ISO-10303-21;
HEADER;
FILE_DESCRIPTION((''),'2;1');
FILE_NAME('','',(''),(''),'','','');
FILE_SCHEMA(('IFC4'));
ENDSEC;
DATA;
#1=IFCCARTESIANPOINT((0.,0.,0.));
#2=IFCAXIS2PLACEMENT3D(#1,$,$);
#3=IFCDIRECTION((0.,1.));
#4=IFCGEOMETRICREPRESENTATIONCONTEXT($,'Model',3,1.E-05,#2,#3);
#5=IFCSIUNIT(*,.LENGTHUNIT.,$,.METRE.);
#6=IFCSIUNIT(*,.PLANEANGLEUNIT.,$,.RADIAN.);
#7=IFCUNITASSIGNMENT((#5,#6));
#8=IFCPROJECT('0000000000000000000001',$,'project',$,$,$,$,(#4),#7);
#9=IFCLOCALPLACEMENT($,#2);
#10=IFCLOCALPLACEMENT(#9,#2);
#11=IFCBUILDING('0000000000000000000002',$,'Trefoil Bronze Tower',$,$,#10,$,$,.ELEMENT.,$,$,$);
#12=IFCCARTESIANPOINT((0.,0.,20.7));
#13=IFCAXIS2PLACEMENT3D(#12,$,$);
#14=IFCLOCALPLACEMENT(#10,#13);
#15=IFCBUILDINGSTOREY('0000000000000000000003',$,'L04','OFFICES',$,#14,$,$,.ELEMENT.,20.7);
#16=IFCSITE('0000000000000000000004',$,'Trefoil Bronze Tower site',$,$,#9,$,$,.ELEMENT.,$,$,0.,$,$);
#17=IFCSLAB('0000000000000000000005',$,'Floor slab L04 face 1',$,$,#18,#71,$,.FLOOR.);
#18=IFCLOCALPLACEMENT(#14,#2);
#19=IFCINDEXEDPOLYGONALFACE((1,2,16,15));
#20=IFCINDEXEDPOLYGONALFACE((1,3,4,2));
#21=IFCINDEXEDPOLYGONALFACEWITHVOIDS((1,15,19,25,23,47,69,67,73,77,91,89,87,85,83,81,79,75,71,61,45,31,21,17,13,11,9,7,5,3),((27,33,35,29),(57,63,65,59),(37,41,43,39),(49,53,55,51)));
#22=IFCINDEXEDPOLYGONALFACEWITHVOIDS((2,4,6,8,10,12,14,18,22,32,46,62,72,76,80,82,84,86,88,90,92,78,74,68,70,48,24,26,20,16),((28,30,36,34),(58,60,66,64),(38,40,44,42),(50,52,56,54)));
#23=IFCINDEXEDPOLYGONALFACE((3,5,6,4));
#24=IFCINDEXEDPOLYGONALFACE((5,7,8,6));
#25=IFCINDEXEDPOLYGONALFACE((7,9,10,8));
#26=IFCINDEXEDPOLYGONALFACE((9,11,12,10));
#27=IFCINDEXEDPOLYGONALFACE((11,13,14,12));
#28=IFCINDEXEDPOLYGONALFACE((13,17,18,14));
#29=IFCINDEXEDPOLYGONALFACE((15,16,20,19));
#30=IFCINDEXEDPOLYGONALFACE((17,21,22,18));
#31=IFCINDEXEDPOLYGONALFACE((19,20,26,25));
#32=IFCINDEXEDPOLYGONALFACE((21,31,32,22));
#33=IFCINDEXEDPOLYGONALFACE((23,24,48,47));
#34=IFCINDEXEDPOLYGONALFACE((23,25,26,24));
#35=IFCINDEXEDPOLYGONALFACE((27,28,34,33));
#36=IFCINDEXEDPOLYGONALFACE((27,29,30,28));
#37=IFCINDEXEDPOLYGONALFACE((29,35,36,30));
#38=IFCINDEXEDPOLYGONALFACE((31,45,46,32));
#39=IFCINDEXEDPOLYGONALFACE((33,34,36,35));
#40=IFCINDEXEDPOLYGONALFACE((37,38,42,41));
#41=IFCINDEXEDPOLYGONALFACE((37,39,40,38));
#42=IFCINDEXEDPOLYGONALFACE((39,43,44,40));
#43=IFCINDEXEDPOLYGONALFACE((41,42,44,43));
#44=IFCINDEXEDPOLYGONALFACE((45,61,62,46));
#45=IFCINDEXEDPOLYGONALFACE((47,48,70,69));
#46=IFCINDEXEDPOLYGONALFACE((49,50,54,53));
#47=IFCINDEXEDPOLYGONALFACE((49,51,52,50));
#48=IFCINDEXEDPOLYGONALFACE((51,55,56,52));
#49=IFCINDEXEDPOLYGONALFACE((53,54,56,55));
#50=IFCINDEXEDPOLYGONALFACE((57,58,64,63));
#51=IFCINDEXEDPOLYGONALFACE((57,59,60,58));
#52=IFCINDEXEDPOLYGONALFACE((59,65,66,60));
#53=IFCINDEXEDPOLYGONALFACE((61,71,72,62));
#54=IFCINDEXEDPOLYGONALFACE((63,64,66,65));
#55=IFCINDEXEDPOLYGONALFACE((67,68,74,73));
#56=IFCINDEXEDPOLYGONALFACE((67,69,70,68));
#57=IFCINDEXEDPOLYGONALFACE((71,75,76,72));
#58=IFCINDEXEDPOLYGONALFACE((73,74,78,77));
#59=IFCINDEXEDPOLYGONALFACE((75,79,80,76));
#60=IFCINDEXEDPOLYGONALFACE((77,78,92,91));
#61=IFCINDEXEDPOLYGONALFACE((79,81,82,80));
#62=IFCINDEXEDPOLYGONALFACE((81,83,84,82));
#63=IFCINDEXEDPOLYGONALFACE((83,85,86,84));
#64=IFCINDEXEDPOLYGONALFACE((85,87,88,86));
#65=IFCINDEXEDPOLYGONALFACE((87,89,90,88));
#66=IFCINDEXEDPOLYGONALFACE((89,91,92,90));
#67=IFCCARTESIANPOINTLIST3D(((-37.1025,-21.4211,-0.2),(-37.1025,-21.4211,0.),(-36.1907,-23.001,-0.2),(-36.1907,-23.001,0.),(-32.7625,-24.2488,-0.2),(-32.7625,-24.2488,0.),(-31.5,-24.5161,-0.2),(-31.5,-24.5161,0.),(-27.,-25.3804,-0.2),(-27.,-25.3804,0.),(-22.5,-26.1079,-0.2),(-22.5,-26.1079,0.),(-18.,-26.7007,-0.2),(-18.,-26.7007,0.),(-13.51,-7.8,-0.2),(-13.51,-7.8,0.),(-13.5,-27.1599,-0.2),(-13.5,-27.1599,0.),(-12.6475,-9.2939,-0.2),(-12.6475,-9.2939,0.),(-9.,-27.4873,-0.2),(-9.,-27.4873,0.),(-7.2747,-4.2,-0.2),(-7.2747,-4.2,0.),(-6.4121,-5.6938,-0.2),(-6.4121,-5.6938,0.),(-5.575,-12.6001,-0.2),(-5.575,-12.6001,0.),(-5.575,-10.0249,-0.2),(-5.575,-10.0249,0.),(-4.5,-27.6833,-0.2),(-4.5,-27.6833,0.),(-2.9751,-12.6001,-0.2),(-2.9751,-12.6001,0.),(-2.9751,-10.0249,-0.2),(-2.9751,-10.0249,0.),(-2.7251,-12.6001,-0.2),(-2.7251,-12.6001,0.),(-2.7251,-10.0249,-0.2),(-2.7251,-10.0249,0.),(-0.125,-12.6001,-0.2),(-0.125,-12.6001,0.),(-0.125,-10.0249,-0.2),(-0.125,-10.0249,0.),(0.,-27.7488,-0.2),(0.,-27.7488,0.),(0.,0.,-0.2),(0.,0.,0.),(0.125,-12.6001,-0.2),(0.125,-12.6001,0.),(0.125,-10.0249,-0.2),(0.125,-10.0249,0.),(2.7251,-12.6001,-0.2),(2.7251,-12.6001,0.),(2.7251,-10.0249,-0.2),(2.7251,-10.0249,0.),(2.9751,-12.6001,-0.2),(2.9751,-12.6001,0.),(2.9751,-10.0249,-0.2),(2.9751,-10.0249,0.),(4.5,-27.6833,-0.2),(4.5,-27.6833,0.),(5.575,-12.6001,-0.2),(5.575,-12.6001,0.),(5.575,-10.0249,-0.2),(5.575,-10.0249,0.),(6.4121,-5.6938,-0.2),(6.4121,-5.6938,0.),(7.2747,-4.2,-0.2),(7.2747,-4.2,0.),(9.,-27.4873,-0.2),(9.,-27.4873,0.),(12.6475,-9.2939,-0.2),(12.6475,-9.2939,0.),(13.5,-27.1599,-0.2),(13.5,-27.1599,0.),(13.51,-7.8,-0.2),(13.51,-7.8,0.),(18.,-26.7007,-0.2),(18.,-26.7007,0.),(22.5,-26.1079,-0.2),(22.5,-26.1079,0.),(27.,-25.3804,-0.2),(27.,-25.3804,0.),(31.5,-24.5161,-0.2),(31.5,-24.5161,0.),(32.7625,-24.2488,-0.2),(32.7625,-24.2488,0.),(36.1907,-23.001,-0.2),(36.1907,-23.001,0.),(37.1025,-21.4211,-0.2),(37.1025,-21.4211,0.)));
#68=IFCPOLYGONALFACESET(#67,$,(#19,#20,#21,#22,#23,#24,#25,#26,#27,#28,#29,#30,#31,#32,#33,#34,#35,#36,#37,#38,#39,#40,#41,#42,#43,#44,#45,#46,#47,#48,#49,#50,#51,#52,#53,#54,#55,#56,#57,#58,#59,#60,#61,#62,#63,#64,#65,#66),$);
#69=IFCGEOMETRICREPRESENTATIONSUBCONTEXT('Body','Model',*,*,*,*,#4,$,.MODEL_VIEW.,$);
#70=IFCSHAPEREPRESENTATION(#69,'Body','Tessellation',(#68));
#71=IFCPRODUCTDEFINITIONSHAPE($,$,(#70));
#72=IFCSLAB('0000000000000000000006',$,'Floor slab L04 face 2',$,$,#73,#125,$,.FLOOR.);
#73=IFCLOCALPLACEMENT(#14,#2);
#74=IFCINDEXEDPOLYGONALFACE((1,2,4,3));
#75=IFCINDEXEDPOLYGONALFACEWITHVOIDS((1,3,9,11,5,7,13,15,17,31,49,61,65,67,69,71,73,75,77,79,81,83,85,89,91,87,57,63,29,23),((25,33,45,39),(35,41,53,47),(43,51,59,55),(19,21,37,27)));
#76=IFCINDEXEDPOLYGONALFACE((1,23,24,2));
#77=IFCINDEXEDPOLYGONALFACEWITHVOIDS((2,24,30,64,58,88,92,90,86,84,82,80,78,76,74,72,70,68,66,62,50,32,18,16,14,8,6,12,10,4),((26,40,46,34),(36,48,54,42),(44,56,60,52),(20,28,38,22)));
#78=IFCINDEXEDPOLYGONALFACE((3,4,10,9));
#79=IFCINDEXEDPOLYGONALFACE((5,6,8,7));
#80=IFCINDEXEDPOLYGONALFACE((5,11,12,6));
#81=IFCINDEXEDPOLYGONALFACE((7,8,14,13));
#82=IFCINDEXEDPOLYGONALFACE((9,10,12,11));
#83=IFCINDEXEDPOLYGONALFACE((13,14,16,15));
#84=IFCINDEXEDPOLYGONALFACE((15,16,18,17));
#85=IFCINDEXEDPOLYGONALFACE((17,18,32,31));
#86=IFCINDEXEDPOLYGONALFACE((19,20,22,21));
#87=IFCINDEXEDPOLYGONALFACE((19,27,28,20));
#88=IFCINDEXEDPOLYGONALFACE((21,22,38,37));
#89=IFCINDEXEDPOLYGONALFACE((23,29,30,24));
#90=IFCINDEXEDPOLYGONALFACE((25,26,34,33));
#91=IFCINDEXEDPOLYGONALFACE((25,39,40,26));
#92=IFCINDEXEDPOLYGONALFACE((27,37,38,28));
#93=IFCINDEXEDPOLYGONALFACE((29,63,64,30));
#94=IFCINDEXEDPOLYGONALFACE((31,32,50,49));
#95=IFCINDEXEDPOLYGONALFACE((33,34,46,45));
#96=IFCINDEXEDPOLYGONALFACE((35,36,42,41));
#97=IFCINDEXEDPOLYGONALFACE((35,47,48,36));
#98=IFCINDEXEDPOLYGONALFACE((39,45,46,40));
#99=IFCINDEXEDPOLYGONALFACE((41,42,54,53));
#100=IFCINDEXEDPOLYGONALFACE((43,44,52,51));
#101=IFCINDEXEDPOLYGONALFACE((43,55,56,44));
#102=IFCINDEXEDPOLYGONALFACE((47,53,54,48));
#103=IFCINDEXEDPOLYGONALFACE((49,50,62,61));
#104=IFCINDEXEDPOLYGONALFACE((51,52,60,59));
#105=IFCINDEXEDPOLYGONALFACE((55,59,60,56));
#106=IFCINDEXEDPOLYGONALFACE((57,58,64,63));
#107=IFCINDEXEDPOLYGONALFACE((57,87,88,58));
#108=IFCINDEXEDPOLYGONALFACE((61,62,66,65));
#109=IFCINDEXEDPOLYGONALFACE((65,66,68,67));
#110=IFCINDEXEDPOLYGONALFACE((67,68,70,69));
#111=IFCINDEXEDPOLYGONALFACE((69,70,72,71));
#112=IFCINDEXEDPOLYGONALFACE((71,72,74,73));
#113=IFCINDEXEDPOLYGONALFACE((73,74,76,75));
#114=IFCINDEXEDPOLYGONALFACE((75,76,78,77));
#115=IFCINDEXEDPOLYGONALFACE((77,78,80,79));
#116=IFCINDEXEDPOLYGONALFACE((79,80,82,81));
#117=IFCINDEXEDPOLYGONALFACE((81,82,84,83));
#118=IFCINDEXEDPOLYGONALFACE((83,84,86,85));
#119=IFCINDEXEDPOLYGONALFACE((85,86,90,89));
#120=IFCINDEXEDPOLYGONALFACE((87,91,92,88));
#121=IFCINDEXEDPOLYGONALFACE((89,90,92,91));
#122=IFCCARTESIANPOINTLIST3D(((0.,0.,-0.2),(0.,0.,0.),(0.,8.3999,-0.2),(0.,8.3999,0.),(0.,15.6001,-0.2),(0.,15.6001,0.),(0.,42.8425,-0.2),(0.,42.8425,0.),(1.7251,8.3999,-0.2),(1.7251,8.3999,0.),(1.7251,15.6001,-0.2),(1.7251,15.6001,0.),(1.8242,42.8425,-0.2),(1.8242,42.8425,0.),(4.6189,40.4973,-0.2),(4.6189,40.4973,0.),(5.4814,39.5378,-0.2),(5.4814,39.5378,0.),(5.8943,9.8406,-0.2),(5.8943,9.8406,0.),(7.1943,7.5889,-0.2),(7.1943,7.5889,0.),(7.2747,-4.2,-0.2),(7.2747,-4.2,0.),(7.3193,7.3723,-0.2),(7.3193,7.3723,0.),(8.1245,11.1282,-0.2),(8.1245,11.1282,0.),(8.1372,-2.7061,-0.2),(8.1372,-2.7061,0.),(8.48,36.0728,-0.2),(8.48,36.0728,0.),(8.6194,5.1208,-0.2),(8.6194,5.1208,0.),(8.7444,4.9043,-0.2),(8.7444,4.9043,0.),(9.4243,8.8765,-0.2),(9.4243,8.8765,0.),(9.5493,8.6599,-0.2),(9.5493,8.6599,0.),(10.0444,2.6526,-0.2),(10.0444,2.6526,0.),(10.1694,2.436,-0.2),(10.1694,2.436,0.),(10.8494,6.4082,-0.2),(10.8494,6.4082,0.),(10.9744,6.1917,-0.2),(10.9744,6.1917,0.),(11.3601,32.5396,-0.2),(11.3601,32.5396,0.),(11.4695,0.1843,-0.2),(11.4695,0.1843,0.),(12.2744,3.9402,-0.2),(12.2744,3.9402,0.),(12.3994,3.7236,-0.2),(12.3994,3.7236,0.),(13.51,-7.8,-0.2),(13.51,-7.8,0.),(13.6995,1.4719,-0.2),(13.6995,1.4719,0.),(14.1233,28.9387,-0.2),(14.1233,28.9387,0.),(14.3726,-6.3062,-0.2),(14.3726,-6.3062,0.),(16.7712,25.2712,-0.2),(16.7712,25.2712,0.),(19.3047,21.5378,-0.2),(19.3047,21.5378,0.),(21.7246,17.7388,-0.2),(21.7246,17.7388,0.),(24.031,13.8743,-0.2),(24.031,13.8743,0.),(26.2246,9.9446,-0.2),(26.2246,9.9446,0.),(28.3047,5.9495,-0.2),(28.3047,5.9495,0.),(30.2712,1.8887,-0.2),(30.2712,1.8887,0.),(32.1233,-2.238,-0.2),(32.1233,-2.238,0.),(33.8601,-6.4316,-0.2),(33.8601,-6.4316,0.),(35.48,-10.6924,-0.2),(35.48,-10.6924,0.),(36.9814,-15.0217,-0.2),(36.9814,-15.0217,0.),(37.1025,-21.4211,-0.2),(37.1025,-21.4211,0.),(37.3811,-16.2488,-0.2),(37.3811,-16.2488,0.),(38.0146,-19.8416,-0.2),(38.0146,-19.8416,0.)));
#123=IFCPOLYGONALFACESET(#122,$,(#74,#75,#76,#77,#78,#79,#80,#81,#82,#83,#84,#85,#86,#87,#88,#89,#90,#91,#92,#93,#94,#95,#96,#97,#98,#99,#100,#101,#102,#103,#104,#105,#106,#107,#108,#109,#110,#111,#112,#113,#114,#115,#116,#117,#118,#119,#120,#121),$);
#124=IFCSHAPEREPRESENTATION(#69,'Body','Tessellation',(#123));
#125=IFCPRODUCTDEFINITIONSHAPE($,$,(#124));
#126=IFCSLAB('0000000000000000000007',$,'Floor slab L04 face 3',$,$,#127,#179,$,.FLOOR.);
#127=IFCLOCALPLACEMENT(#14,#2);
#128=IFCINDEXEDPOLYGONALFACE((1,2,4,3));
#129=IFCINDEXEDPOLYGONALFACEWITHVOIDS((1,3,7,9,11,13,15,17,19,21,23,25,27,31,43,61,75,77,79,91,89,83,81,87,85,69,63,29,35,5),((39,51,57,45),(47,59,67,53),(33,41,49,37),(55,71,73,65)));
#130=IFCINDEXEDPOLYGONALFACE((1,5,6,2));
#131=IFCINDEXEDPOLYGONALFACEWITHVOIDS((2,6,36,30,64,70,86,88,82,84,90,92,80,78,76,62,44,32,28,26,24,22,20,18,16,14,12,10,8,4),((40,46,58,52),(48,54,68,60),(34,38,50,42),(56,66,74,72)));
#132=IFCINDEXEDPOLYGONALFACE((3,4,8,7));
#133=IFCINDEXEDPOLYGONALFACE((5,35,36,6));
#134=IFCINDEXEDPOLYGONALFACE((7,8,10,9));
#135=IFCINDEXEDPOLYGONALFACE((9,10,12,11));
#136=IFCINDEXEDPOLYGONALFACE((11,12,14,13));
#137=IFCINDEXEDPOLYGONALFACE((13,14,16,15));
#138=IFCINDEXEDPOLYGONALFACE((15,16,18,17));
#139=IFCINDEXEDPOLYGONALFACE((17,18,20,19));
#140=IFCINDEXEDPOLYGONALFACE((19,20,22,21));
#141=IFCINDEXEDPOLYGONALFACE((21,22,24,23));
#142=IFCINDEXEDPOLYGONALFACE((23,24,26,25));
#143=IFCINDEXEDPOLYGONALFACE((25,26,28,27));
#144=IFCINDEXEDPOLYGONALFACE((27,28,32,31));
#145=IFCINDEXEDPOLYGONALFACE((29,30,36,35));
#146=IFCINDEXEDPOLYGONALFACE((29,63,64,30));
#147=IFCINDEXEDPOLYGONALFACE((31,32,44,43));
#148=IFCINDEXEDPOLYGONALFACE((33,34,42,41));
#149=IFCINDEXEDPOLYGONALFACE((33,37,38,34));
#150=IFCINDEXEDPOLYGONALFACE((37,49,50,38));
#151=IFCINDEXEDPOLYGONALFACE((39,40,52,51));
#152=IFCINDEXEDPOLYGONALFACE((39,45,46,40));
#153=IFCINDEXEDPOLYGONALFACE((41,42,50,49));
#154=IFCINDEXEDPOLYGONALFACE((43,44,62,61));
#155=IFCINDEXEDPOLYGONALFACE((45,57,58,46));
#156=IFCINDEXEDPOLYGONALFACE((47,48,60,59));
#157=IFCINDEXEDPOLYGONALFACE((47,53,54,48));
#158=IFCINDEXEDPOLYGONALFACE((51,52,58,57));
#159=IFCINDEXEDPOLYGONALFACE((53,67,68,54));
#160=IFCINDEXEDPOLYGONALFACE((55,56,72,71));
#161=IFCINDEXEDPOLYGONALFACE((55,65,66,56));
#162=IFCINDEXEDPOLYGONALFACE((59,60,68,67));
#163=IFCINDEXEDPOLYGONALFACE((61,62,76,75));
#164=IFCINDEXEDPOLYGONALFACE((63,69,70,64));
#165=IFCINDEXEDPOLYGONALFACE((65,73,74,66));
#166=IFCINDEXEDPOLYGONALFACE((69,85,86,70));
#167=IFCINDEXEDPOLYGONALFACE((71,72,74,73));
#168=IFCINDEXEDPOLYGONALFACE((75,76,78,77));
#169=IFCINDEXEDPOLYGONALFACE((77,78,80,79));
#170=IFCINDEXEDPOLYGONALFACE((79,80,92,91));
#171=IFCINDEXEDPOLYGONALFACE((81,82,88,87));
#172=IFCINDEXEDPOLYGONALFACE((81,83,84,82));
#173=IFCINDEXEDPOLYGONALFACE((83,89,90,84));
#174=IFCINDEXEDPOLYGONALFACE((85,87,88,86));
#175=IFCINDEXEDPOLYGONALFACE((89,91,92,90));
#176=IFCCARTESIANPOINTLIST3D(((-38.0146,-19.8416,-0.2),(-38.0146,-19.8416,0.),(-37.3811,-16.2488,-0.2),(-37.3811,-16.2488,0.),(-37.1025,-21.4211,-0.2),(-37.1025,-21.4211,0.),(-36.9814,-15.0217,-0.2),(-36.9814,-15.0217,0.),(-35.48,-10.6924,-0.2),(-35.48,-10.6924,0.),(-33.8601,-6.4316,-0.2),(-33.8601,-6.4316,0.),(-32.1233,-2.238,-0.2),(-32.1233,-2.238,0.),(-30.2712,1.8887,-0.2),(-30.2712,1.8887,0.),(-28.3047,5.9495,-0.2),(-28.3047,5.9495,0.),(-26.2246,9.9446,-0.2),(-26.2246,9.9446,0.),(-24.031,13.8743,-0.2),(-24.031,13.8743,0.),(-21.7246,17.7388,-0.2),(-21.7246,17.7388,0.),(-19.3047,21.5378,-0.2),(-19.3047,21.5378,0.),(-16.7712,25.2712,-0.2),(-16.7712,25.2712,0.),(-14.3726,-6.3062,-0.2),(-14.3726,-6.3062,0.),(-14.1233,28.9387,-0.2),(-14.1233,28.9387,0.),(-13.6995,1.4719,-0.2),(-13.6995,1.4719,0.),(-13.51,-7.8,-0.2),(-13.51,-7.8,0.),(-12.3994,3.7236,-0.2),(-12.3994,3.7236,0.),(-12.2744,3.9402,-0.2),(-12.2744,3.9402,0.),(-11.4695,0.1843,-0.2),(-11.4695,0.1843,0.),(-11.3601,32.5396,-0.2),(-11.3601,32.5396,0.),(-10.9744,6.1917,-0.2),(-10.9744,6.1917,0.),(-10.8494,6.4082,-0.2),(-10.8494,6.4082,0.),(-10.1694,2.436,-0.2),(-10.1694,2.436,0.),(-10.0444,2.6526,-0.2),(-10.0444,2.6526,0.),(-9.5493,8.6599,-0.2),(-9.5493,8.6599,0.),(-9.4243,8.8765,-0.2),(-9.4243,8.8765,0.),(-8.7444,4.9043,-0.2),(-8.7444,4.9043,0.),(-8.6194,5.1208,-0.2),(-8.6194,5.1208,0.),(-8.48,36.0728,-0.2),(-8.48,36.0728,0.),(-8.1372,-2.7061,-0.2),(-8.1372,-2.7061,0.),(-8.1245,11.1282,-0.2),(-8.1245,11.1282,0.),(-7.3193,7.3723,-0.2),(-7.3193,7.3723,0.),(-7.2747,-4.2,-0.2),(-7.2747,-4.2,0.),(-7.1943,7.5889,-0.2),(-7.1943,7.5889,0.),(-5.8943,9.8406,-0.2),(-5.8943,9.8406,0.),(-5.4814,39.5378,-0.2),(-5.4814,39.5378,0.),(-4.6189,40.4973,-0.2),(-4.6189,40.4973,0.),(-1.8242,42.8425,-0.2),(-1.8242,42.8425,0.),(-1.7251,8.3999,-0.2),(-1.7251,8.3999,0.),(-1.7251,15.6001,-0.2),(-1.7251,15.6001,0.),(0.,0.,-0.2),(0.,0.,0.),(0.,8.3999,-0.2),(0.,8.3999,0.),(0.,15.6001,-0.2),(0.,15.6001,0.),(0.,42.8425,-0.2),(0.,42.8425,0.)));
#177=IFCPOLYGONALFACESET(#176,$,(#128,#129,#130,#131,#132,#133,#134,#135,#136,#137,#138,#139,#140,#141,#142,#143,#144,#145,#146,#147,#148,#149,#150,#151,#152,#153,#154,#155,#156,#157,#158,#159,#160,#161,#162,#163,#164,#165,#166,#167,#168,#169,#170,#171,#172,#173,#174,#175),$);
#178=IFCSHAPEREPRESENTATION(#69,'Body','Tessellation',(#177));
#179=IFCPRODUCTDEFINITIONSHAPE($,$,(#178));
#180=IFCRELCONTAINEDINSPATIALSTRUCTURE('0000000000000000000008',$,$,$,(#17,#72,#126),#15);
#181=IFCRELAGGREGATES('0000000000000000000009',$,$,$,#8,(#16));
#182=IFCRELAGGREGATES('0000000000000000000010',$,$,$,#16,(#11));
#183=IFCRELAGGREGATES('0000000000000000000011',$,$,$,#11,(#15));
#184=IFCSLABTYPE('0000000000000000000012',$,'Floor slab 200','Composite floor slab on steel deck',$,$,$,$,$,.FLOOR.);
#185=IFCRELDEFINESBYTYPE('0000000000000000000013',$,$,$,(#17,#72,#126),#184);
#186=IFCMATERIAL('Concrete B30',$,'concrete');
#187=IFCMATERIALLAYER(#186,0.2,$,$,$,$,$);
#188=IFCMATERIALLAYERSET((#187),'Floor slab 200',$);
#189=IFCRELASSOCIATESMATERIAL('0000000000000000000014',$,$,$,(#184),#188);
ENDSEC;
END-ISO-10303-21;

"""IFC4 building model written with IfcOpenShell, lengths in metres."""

from ifc_helpers import new_model, si_unit, direction, frame, origin, place, context, subcontext, project, spatial, polyline, outline, extrude, material, layer, layer_set, type_object, element, save


model = new_model("IFC4")

# Units and contexts
model_context = context("Model", 3, precision=1e-05, world=origin(), true_north=direction((0.0, 1.0)))
body_context = subcontext(model_context, "Body", "Model", "MODEL_VIEW")
ifc_project = project(units=[si_unit("LENGTHUNIT", "METRE"), si_unit("PLANEANGLEUNIT", "RADIAN")], contexts=[model_context])

# Site, building, storey
site_placement = place(None, origin())
site = spatial("IfcSite", under=ifc_project, at=site_placement, Name="Trefoil Bronze Tower site", CompositionType="ELEMENT", RefElevation=0.0)
building_placement = place(site_placement, origin())
building = spatial("IfcBuilding", under=site, at=building_placement, Name="Trefoil Bronze Tower", CompositionType="ELEMENT")
storey_placement = place(building_placement, frame((0.0, 0.0, 20.7)))
storey = spatial("IfcBuildingStorey", under=building, at=storey_placement, Name="L04", Description="OFFICES", CompositionType="ELEMENT", Elevation=20.7)

# Slabs
ifc_material_1 = material(Name="Concrete B30", Category="concrete")
ifc_layer_1 = layer(ifc_material_1, 0.2)
ifc_layer_set_1 = layer_set([ifc_layer_1], Name="Floor slab 200")
slab_type = type_object("IfcSlabType", Name="Floor slab 200", Description="Composite floor slab on steel deck", PredefinedType="FLOOR", material=ifc_layer_set_1)
slab_1_placement = place(storey_placement, frame((0.0, 0.0, -0.2)))
element("IfcSlab", 1, at=slab_1_placement, inside=storey, type_object=slab_type, Name="Floor slab L04 face 1", PredefinedType="FLOOR", context=body_context, shape_type="SweptSolid", body=[
    extrude(outline(polyline([(27.0, -25.3804), (22.5, -26.1079), (18.0, -26.7007), (13.5, -27.1599), (9.0, -27.4873), (4.5, -27.6833), (0.0, -27.7488), (-4.5, -27.6833), (-9.0, -27.4873), (-13.5, -27.1599), (-18.0, -26.7007), (-22.5, -26.1079), (-27.0, -25.3804), (-31.5, -24.5161), (-32.7625, -24.2488), (-36.1907, -23.001), (-37.1025, -21.4211), (-13.51, -7.8), (-12.6475, -9.2939), (-6.4121, -5.6938), (-7.2747, -4.2), (0.0, 0.0), (7.2747, -4.2), (6.4121, -5.6938), (12.6475, -9.2939), (13.51, -7.8), (37.1025, -21.4211), (36.1907, -23.001), (32.7625, -24.2488), (31.5, -24.5161), (27.0, -25.3804)]), holes=[polyline([(-5.575, -10.0249), (-2.9751, -10.0249), (-2.9751, -12.6001), (-5.575, -12.6001), (-5.575, -10.0249)]), polyline([(-2.7251, -10.0249), (-0.125, -10.0249), (-0.125, -12.6001), (-2.7251, -12.6001), (-2.7251, -10.0249)]), polyline([(0.125, -10.0249), (2.7251, -10.0249), (2.7251, -12.6001), (0.125, -12.6001), (0.125, -10.0249)]), polyline([(2.9751, -10.0249), (5.575, -10.0249), (5.575, -12.6001), (2.9751, -12.6001), (2.9751, -10.0249)])]), origin(), (0.0, 0.0, 1.0), 0.2),
])
slab_2_placement = place(storey_placement, frame((0.0, 0.0, -0.2)))
element("IfcSlab", 2, at=slab_2_placement, inside=storey, type_object=slab_type, Name="Floor slab L04 face 2", PredefinedType="FLOOR", context=body_context, shape_type="SweptSolid", body=[
    extrude(outline(polyline([(8.48, 36.0728), (11.3601, 32.5396), (14.1233, 28.9387), (16.7712, 25.2712), (19.3047, 21.5378), (21.7246, 17.7388), (24.031, 13.8743), (26.2246, 9.9446), (28.3047, 5.9495), (30.2712, 1.8887), (32.1233, -2.238), (33.8601, -6.4316), (35.48, -10.6924), (36.9814, -15.0217), (37.3811, -16.2488), (38.0146, -19.8416), (37.1025, -21.4211), (13.51, -7.8), (14.3726, -6.3062), (8.1372, -2.7061), (7.2747, -4.2), (0.0, 0.0), (0.0, 8.3999), (1.7251, 8.3999), (1.7251, 15.6001), (0.0, 15.6001), (0.0, 42.8425), (1.8242, 42.8425), (4.6189, 40.4973), (5.4814, 39.5378), (8.48, 36.0728)]), holes=[polyline([(11.4695, 0.1843), (10.1694, 2.436), (12.3994, 3.7236), (13.6995, 1.4719), (11.4695, 0.1843)]), polyline([(10.0444, 2.6526), (8.7444, 4.9043), (10.9744, 6.1917), (12.2744, 3.9402), (10.0444, 2.6526)]), polyline([(8.6194, 5.1208), (7.3193, 7.3723), (9.5493, 8.6599), (10.8494, 6.4082), (8.6194, 5.1208)]), polyline([(7.1943, 7.5889), (5.8943, 9.8406), (8.1245, 11.1282), (9.4243, 8.8765), (7.1943, 7.5889)])]), origin(), (0.0, 0.0, 1.0), 0.2),
])
slab_3_placement = place(storey_placement, frame((0.0, 0.0, -0.2)))
element("IfcSlab", 3, at=slab_3_placement, inside=storey, type_object=slab_type, Name="Floor slab L04 face 3", PredefinedType="FLOOR", context=body_context, shape_type="SweptSolid", body=[
    extrude(outline(polyline([(-35.48, -10.6924), (-33.8601, -6.4316), (-32.1233, -2.238), (-30.2712, 1.8887), (-28.3047, 5.9495), (-26.2246, 9.9446), (-24.031, 13.8743), (-21.7246, 17.7388), (-19.3047, 21.5378), (-16.7712, 25.2712), (-14.1233, 28.9387), (-11.3601, 32.5396), (-8.48, 36.0728), (-5.4814, 39.5378), (-4.6189, 40.4973), (-1.8242, 42.8425), (0.0, 42.8425), (0.0, 15.6001), (-1.7251, 15.6001), (-1.7251, 8.3999), (0.0, 8.3999), (0.0, 0.0), (-7.2747, -4.2), (-8.1372, -2.7061), (-14.3726, -6.3062), (-13.51, -7.8), (-37.1025, -21.4211), (-38.0146, -19.8416), (-37.3811, -16.2488), (-36.9814, -15.0217), (-35.48, -10.6924)]), holes=[polyline([(-5.8943, 9.8406), (-7.1943, 7.5889), (-9.4243, 8.8765), (-8.1245, 11.1282), (-5.8943, 9.8406)]), polyline([(-7.3193, 7.3723), (-8.6194, 5.1208), (-10.8494, 6.4082), (-9.5493, 8.6599), (-7.3193, 7.3723)]), polyline([(-8.7444, 4.9043), (-10.0444, 2.6526), (-12.2744, 3.9402), (-10.9744, 6.1917), (-8.7444, 4.9043)]), polyline([(-10.1694, 2.436), (-11.4695, 0.1843), (-13.6995, 1.4719), (-12.3994, 3.7236), (-10.1694, 2.436)])]), origin(), (0.0, 0.0, 1.0), 0.2),
])

save(model, "model.ifc")
